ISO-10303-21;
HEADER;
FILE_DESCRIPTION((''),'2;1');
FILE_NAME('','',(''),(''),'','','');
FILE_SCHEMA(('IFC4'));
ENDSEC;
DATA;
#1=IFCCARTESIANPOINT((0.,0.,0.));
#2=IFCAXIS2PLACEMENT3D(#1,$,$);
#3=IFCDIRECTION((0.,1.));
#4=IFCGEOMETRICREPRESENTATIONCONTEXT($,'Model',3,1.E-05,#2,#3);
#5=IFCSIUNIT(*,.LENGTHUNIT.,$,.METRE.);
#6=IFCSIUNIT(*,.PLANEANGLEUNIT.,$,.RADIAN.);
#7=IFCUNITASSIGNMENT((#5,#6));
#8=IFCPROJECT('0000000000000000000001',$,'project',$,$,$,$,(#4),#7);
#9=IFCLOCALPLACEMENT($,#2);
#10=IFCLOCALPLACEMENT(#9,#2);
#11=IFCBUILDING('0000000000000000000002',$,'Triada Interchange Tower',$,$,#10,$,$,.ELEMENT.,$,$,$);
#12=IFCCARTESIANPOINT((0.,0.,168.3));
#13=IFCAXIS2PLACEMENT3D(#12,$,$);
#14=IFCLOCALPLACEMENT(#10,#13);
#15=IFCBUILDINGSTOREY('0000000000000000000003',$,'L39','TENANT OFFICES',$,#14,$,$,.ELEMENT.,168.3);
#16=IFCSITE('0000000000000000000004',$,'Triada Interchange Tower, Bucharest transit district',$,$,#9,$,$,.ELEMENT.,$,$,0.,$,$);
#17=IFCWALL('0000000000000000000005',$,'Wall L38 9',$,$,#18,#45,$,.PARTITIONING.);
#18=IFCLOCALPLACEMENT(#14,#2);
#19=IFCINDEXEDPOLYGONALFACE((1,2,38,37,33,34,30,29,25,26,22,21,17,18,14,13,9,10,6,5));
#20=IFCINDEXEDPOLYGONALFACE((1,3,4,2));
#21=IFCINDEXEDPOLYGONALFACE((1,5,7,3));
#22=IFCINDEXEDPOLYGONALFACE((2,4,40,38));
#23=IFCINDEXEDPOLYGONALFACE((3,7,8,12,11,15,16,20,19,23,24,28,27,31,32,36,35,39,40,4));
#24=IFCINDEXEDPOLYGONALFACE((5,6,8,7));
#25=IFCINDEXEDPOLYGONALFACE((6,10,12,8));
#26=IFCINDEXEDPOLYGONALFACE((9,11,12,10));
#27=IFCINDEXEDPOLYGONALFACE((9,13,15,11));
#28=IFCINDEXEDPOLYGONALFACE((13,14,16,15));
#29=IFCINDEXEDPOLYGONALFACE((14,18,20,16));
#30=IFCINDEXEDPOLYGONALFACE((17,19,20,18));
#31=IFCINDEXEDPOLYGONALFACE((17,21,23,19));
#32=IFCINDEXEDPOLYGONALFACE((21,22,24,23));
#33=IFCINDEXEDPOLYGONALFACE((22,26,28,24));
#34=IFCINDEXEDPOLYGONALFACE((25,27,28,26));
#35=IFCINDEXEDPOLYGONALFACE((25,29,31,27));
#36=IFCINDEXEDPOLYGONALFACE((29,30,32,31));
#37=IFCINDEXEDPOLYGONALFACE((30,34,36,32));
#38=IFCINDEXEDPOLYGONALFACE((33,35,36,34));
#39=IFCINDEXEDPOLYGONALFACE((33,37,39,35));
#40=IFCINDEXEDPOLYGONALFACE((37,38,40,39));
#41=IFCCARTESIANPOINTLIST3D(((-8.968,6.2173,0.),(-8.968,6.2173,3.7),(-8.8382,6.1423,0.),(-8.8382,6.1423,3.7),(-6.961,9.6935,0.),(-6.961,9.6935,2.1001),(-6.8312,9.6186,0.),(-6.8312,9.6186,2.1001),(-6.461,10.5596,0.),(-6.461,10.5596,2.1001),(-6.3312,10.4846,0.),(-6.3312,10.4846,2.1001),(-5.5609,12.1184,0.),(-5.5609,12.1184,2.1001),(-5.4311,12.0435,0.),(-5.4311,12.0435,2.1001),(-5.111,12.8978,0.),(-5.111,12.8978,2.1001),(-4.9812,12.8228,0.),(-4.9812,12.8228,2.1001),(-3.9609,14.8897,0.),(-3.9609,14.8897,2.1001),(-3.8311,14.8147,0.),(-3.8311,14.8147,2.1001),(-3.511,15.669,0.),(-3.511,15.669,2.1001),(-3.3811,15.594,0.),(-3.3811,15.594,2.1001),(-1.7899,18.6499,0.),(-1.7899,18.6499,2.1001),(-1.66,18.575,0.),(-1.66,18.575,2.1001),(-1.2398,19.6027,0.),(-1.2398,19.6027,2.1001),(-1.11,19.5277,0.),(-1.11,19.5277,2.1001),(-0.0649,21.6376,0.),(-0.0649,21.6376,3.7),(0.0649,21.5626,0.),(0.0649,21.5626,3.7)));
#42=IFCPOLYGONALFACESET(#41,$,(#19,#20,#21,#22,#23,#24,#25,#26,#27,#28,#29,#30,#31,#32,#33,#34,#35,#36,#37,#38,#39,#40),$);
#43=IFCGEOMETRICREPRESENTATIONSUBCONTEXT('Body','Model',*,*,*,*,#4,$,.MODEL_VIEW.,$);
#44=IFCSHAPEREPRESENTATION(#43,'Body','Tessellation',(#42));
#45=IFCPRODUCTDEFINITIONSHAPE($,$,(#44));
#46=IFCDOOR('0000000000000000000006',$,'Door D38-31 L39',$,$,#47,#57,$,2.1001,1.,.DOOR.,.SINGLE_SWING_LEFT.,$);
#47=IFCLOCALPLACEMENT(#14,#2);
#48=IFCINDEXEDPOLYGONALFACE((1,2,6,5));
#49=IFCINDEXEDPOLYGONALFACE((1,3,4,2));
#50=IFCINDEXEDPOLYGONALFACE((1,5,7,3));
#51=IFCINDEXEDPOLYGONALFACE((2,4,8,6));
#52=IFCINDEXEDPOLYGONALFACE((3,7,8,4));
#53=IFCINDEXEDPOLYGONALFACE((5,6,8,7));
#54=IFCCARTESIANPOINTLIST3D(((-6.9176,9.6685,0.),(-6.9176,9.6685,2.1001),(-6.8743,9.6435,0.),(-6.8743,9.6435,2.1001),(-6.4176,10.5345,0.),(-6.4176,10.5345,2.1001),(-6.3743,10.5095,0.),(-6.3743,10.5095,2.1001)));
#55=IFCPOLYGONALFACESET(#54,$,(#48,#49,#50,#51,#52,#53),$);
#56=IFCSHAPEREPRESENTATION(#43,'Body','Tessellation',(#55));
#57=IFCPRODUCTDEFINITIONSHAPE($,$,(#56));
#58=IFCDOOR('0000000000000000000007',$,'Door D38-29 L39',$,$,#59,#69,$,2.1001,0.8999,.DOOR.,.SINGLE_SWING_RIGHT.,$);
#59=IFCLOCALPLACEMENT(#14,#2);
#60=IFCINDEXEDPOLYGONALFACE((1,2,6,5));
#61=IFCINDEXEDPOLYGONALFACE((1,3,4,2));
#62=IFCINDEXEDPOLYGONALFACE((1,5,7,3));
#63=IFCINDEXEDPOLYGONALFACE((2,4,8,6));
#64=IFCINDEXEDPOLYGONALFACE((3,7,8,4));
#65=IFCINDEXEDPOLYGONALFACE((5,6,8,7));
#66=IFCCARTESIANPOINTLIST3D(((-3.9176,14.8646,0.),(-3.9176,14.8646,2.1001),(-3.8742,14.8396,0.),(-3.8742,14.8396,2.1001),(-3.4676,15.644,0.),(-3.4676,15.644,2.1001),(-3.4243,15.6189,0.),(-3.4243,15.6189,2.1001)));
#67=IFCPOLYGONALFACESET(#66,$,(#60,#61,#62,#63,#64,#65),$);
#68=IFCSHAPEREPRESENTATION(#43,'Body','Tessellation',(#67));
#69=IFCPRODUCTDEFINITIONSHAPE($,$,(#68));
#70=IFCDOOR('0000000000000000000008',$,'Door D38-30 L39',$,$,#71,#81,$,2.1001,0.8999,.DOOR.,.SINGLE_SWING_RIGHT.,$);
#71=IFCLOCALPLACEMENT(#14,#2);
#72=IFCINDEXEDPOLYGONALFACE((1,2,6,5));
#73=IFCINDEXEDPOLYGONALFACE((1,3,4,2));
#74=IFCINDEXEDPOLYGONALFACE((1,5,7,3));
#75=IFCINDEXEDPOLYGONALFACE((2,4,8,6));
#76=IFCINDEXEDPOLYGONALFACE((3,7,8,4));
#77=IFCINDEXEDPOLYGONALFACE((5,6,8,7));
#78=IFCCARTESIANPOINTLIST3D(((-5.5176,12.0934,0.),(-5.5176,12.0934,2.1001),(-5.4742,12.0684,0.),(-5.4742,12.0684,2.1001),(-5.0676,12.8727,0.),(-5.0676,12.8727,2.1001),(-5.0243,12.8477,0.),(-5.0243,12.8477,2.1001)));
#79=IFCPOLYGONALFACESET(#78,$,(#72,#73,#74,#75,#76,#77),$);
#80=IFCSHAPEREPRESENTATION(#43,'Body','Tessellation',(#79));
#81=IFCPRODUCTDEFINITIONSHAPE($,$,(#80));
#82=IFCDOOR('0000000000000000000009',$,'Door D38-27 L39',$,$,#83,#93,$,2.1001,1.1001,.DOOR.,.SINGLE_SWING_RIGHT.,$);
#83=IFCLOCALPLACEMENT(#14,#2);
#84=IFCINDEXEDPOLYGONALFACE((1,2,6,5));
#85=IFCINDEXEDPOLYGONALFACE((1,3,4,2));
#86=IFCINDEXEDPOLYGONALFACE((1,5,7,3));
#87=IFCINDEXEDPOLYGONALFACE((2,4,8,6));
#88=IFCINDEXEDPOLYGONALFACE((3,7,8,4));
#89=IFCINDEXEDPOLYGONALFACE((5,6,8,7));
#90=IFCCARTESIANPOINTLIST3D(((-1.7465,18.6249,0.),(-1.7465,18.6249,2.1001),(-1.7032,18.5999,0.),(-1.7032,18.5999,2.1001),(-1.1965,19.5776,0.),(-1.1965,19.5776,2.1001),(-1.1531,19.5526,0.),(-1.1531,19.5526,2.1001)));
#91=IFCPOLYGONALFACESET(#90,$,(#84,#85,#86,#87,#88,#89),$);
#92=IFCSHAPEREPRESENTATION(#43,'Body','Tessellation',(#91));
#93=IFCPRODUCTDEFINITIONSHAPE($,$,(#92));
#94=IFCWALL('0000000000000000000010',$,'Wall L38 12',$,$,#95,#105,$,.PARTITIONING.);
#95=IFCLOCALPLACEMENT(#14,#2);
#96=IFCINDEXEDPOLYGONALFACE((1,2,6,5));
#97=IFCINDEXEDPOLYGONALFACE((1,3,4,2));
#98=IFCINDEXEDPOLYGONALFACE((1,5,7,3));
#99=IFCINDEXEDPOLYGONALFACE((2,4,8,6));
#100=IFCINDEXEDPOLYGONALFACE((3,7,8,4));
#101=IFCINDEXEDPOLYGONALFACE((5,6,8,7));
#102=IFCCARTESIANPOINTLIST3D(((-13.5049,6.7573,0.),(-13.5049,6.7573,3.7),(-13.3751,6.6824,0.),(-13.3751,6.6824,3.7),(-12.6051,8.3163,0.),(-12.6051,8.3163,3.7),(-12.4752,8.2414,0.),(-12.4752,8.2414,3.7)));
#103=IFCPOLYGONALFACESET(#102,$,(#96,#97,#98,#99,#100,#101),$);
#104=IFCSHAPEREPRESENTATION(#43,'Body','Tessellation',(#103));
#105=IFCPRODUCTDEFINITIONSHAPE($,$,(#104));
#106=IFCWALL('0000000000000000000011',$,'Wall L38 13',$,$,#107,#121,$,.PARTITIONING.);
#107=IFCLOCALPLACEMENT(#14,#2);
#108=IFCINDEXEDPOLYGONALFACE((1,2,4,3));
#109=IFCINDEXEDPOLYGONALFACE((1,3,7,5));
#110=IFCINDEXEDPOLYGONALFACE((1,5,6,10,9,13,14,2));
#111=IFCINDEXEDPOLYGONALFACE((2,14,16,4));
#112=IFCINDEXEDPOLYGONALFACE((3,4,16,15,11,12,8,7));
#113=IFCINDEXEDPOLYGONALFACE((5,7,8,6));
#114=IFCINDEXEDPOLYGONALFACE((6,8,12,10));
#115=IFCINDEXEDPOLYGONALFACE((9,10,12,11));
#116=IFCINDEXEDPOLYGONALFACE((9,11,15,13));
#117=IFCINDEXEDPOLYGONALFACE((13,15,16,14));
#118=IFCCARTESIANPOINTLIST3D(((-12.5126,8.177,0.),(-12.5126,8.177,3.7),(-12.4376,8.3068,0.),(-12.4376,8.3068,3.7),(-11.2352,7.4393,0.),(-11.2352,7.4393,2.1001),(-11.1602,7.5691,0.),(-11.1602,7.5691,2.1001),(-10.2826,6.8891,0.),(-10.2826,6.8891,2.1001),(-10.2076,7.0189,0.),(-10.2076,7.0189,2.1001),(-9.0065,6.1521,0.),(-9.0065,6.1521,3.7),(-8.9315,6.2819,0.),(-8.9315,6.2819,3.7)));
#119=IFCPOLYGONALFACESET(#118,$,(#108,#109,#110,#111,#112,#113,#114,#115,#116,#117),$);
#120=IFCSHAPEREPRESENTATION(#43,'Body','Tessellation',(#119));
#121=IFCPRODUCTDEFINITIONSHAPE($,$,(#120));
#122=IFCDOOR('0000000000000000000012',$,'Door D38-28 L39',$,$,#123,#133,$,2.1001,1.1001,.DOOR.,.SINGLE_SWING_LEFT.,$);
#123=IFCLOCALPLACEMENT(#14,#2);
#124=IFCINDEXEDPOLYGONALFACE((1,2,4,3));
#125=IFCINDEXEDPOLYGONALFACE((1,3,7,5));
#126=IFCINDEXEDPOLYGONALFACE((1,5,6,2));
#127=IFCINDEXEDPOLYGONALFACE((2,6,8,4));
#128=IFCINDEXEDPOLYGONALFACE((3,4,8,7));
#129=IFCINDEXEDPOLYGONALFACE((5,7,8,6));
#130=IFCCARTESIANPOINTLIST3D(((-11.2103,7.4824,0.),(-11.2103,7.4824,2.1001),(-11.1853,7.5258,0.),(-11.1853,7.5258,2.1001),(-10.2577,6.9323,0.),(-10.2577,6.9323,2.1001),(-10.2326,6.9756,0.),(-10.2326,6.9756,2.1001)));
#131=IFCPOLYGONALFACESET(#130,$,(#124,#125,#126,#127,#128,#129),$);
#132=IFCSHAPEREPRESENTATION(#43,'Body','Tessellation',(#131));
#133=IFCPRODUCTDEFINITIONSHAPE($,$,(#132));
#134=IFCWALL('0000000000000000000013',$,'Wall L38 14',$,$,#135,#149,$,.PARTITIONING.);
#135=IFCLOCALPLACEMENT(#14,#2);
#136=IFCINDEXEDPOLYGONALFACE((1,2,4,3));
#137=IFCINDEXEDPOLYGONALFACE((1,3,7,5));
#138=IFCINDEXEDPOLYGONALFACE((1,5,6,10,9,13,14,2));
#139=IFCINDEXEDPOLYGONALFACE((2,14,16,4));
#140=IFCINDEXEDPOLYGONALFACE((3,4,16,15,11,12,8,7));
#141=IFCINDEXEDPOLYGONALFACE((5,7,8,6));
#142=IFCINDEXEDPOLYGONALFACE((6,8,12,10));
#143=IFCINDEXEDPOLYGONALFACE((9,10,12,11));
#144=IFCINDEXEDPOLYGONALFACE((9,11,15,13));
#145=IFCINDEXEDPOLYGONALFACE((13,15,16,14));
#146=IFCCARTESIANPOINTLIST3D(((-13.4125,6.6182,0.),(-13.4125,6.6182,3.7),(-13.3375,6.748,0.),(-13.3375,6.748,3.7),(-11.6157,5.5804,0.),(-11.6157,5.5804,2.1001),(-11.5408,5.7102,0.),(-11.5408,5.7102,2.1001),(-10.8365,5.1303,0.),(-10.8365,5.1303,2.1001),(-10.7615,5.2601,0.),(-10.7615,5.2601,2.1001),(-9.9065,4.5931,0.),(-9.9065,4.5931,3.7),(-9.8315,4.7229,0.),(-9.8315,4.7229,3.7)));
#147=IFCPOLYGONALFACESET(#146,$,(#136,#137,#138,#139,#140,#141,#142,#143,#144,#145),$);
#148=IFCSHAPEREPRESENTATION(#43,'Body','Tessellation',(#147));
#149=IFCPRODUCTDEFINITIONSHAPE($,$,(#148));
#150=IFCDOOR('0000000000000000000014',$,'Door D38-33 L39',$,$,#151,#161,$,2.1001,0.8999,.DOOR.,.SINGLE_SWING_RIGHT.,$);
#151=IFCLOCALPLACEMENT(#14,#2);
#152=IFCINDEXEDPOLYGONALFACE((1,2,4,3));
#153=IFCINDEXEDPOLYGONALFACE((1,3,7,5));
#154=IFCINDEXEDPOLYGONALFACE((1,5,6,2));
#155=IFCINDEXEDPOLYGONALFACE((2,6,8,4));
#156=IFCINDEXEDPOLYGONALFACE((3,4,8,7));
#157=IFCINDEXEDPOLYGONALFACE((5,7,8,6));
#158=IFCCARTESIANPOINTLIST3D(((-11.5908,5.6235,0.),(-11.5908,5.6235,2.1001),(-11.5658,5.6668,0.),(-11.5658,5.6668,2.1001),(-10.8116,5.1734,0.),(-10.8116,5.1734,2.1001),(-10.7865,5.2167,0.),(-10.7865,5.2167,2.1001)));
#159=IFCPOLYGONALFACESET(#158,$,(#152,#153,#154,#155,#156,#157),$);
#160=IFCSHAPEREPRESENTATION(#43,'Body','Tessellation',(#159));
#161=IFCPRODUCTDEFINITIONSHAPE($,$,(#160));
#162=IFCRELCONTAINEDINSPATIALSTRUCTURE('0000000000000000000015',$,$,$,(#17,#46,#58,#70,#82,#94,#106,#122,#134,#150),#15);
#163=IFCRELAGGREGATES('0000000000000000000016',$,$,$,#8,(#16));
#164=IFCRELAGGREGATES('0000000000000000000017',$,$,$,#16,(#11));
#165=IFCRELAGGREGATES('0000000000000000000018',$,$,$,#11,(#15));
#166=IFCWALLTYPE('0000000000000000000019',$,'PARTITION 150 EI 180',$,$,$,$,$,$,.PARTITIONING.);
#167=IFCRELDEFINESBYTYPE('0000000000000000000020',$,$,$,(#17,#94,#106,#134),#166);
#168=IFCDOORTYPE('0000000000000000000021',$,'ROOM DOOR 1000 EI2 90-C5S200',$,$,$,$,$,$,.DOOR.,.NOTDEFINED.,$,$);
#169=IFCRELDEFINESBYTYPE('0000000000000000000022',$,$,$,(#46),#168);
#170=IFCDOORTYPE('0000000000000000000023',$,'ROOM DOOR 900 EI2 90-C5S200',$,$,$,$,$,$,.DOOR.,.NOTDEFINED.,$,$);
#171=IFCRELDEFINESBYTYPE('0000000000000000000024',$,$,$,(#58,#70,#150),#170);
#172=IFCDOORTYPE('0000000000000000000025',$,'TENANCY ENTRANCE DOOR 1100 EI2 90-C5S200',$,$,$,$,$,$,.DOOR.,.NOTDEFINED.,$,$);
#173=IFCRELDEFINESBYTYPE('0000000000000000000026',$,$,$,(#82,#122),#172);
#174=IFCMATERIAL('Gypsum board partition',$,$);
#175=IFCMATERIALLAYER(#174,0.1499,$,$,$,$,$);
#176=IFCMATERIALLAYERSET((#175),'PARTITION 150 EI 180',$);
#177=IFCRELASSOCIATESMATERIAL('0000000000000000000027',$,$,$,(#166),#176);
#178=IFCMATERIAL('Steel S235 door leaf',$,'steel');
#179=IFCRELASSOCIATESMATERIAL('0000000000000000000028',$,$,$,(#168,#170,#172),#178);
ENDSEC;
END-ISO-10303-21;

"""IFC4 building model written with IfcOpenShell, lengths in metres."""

from ifc_helpers import new_model, si_unit, direction, frame, frame_2d, origin, place, context, subcontext, project, spatial, rectangle, extrude, material, layer, layer_set, type_object, element, fill, save


model = new_model("IFC4")

# Units and contexts
model_context = context("Model", 3, precision=1e-05, world=origin(), true_north=direction((0.0, 1.0)))
body_context = subcontext(model_context, "Body", "Model", "MODEL_VIEW")
ifc_project = project(units=[si_unit("LENGTHUNIT", "METRE"), si_unit("PLANEANGLEUNIT", "RADIAN")], contexts=[model_context])

# Site, building, storey
site_placement = place(None, origin())
site = spatial("IfcSite", under=ifc_project, at=site_placement, Name="Triada Interchange Tower, Bucharest transit district", CompositionType="ELEMENT", RefElevation=0.0)
building_placement = place(site_placement, origin())
building = spatial("IfcBuilding", under=site, at=building_placement, Name="Triada Interchange Tower", CompositionType="ELEMENT")
storey_placement = place(building_placement, frame((0.0, 0.0, 168.3)))
storey = spatial("IfcBuildingStorey", under=building, at=storey_placement, Name="L39", Description="TENANT OFFICES", CompositionType="ELEMENT", Elevation=168.3)

# Shared definitions
ifc_material_1 = material(Name="Steel S235 door leaf", Category="steel")

# Wall, openings, doors
ifc_material_2 = material(Name="Gypsum board partition")
ifc_layer_1 = layer(ifc_material_2, 0.1499)
ifc_layer_set_1 = layer_set([ifc_layer_1], Name="PARTITION 150 EI 180")
wall_type_1 = type_object("IfcWallType", Name="PARTITION 150 EI 180", PredefinedType="PARTITIONING", material=ifc_layer_set_1)
wall_1_placement = place(storey_placement, frame((-8.9031, 6.1799, 0.0), z_axis=(0.0, 0.0, 1.0), x_axis=(0.50001, 0.86602, 0.0)))
wall_1 = element("IfcWall", 1, at=wall_1_placement, inside=storey, type_object=wall_type_1, Name="Wall L38 9", PredefinedType="PARTITIONING", context=body_context, shape_type="SweptSolid", body=[
    extrude(rectangle(XDim=17.8059, YDim=0.1499, at=frame_2d((8.9028, 0.0))), origin(), (0.0, 0.0, 1.0), 3.7),
])
opening_1_placement = place(wall_1_placement, frame((14.356, 0.0, 0.0)))
opening_1 = element("IfcOpeningElement", 2, at=opening_1_placement, cuts=wall_1, PredefinedType="OPENING", context=body_context, shape_type="SweptSolid", body=[
    extrude(rectangle(XDim=1.1001, YDim=2.1001, at=frame_2d((0.55, 1.05))), frame((0.0, 0.085, 0.0), z_axis=(0.0, -1.0, 0.0), x_axis=(1.0, 0.0, 0.0)), (0.0, 0.0, 1.0), 0.1699),
])
opening_2_placement = place(wall_1_placement, frame((10.0139, 0.0, 0.0)))
opening_2 = element("IfcOpeningElement", 3, at=opening_2_placement, cuts=wall_1, PredefinedType="OPENING", context=body_context, shape_type="SweptSolid", body=[
    extrude(rectangle(XDim=0.8999, YDim=2.1001, at=frame_2d((0.45, 1.05))), frame((0.0, 0.085, 0.0), z_axis=(0.0, -1.0, 0.0), x_axis=(1.0, 0.0, 0.0)), (0.0, 0.0, 1.0), 0.1699),
])
opening_3_placement = place(wall_1_placement, frame((6.814, 0.0, 0.0)))
opening_3 = element("IfcOpeningElement", 4, at=opening_3_placement, cuts=wall_1, PredefinedType="OPENING", context=body_context, shape_type="SweptSolid", body=[
    extrude(rectangle(XDim=0.8999, YDim=2.1001, at=frame_2d((0.45, 1.05))), frame((0.0, 0.085, 0.0), z_axis=(0.0, -1.0, 0.0), x_axis=(1.0, 0.0, 0.0)), (0.0, 0.0, 1.0), 0.1699),
])
opening_4_placement = place(wall_1_placement, frame((4.0139, 0.0, 0.0)))
opening_4 = element("IfcOpeningElement", 5, at=opening_4_placement, cuts=wall_1, PredefinedType="OPENING", context=body_context, shape_type="SweptSolid", body=[
    extrude(rectangle(XDim=1.0, YDim=2.1001, at=frame_2d((0.5, 1.05))), frame((0.0, 0.085, 0.0), z_axis=(0.0, -1.0, 0.0), x_axis=(1.0, 0.0, 0.0)), (0.0, 0.0, 1.0), 0.1699),
])
door_type_1 = type_object("IfcDoorType", Name="ROOM DOOR 1000 EI2 90-C5S200", OperationType="NOTDEFINED", PredefinedType="DOOR", material=ifc_material_1)
door_1_placement = place(opening_4_placement, origin())
door_1 = element("IfcDoor", 6, at=door_1_placement, inside=storey, type_object=door_type_1, Name="Door D38-31 L39", OperationType="SINGLE_SWING_LEFT", OverallHeight=2.1001, OverallWidth=1.0, PredefinedType="DOOR", context=body_context, shape_type="SweptSolid", body=[
    extrude(rectangle(XDim=1.0, YDim=2.1001, at=frame_2d((0.5, 1.05))), frame((0.0, 0.0249, 0.0), z_axis=(0.0, -1.0, 0.0), x_axis=(1.0, 0.0, 0.0)), (0.0, 0.0, 1.0), 0.05),
])
fill(opening_4, door_1)
door_type_2 = type_object("IfcDoorType", Name="ROOM DOOR 900 EI2 90-C5S200", OperationType="NOTDEFINED", PredefinedType="DOOR", material=ifc_material_1)
door_2_placement = place(opening_2_placement, origin())
door_2 = element("IfcDoor", 7, at=door_2_placement, inside=storey, type_object=door_type_2, Name="Door D38-29 L39", OperationType="SINGLE_SWING_RIGHT", OverallHeight=2.1001, OverallWidth=0.8999, PredefinedType="DOOR", context=body_context, shape_type="SweptSolid", body=[
    extrude(rectangle(XDim=0.8999, YDim=2.1001, at=frame_2d((0.45, 1.05))), frame((0.0, 0.0249, 0.0), z_axis=(0.0, -1.0, 0.0), x_axis=(1.0, 0.0, 0.0)), (0.0, 0.0, 1.0), 0.05),
])
fill(opening_2, door_2)
door_3_placement = place(opening_3_placement, origin())
door_3 = element("IfcDoor", 8, at=door_3_placement, inside=storey, type_object=door_type_2, Name="Door D38-30 L39", OperationType="SINGLE_SWING_RIGHT", OverallHeight=2.1001, OverallWidth=0.8999, PredefinedType="DOOR", context=body_context, shape_type="SweptSolid", body=[
    extrude(rectangle(XDim=0.8999, YDim=2.1001, at=frame_2d((0.45, 1.05))), frame((0.0, 0.0249, 0.0), z_axis=(0.0, -1.0, 0.0), x_axis=(1.0, 0.0, 0.0)), (0.0, 0.0, 1.0), 0.05),
])
fill(opening_3, door_3)
door_type_3 = type_object("IfcDoorType", Name="TENANCY ENTRANCE DOOR 1100 EI2 90-C5S200", OperationType="NOTDEFINED", PredefinedType="DOOR", material=ifc_material_1)
door_4_placement = place(opening_1_placement, origin())
door_4 = element("IfcDoor", 9, at=door_4_placement, inside=storey, type_object=door_type_3, Name="Door D38-27 L39", OperationType="SINGLE_SWING_RIGHT", OverallHeight=2.1001, OverallWidth=1.1001, PredefinedType="DOOR", context=body_context, shape_type="SweptSolid", body=[
    extrude(rectangle(XDim=1.1001, YDim=2.1001, at=frame_2d((0.55, 1.05))), frame((0.0, 0.0249, 0.0), z_axis=(0.0, -1.0, 0.0), x_axis=(1.0, 0.0, 0.0)), (0.0, 0.0, 1.0), 0.05),
])
fill(opening_1, door_4)

# Wall
wall_2_placement = place(storey_placement, frame((-13.4399, 6.72, 0.0), z_axis=(0.0, 0.0, 1.0), x_axis=(0.499902, 0.866082, 0.0)))
element("IfcWall", 10, at=wall_2_placement, inside=storey, type_object=wall_type_1, Name="Wall L38 12", PredefinedType="PARTITIONING", context=body_context, shape_type="SweptSolid", body=[
    extrude(rectangle(XDim=1.8, YDim=0.1499, at=frame_2d((0.8999, 0.0))), origin(), (0.0, 0.0, 1.0), 3.7),
])

# Walls, openings, doors
wall_3_placement = place(storey_placement, frame((-12.4751, 8.2419, 0.0), z_axis=(0.0, 0.0, 1.0), x_axis=(0.865956, -0.500121, 0.0)))
wall_3 = element("IfcWall", 11, at=wall_3_placement, inside=storey, type_object=wall_type_1, Name="Wall L38 13", PredefinedType="PARTITIONING", context=body_context, shape_type="SweptSolid", body=[
    extrude(rectangle(XDim=4.0488, YDim=0.1499, at=frame_2d((2.0244, 0.0))), origin(), (0.0, 0.0, 1.0), 3.7),
])
opening_5_placement = place(wall_3_placement, frame((1.4751, 0.0, 0.0)))
opening_5 = element("IfcOpeningElement", 12, at=opening_5_placement, cuts=wall_3, PredefinedType="OPENING", context=body_context, shape_type="SweptSolid", body=[
    extrude(rectangle(XDim=1.1001, YDim=2.1001, at=frame_2d((0.55, 1.05))), frame((0.0, 0.085, 0.0), z_axis=(0.0, -1.0, 0.0), x_axis=(1.0, 0.0, 0.0)), (0.0, 0.0, 1.0), 0.1699),
])
door_5_placement = place(opening_5_placement, origin())
door_5 = element("IfcDoor", 13, at=door_5_placement, inside=storey, type_object=door_type_3, Name="Door D38-28 L39", OperationType="SINGLE_SWING_LEFT", OverallHeight=2.1001, OverallWidth=1.1001, PredefinedType="DOOR", context=body_context, shape_type="SweptSolid", body=[
    extrude(rectangle(XDim=1.1001, YDim=2.1001, at=frame_2d((0.55, 1.05))), frame((0.0, 0.0249, 0.0), z_axis=(0.0, -1.0, 0.0), x_axis=(1.0, 0.0, 0.0)), (0.0, 0.0, 1.0), 0.05),
])
fill(opening_5, door_5)
wall_4_placement = place(storey_placement, frame((-13.375, 6.6831, 0.0), z_axis=(0.0, 0.0, 1.0), x_axis=(0.865929, -0.500166, 0.0)))
wall_4 = element("IfcWall", 14, at=wall_4_placement, inside=storey, type_object=wall_type_1, Name="Wall L38 14", PredefinedType="PARTITIONING", context=body_context, shape_type="SweptSolid", body=[
    extrude(rectangle(XDim=4.0488, YDim=0.1499, at=frame_2d((2.0244, 0.0))), origin(), (0.0, 0.0, 1.0), 3.7),
])
opening_6_placement = place(wall_4_placement, frame((2.075, 0.0, 0.0)))
opening_6 = element("IfcOpeningElement", 15, at=opening_6_placement, cuts=wall_4, PredefinedType="OPENING", context=body_context, shape_type="SweptSolid", body=[
    extrude(rectangle(XDim=0.8999, YDim=2.1001, at=frame_2d((0.45, 1.05))), frame((0.0, 0.085, 0.0), z_axis=(0.0, -1.0, 0.0), x_axis=(1.0, 0.0, 0.0)), (0.0, 0.0, 1.0), 0.1699),
])
door_6_placement = place(opening_6_placement, origin())
door_6 = element("IfcDoor", 16, at=door_6_placement, inside=storey, type_object=door_type_2, Name="Door D38-33 L39", OperationType="SINGLE_SWING_RIGHT", OverallHeight=2.1001, OverallWidth=0.8999, PredefinedType="DOOR", context=body_context, shape_type="SweptSolid", body=[
    extrude(rectangle(XDim=0.8999, YDim=2.1001, at=frame_2d((0.45, 1.05))), frame((0.0, 0.0249, 0.0), z_axis=(0.0, -1.0, 0.0), x_axis=(1.0, 0.0, 0.0)), (0.0, 0.0, 1.0), 0.05),
])
fill(opening_6, door_6)

save(model, "model.ifc")
